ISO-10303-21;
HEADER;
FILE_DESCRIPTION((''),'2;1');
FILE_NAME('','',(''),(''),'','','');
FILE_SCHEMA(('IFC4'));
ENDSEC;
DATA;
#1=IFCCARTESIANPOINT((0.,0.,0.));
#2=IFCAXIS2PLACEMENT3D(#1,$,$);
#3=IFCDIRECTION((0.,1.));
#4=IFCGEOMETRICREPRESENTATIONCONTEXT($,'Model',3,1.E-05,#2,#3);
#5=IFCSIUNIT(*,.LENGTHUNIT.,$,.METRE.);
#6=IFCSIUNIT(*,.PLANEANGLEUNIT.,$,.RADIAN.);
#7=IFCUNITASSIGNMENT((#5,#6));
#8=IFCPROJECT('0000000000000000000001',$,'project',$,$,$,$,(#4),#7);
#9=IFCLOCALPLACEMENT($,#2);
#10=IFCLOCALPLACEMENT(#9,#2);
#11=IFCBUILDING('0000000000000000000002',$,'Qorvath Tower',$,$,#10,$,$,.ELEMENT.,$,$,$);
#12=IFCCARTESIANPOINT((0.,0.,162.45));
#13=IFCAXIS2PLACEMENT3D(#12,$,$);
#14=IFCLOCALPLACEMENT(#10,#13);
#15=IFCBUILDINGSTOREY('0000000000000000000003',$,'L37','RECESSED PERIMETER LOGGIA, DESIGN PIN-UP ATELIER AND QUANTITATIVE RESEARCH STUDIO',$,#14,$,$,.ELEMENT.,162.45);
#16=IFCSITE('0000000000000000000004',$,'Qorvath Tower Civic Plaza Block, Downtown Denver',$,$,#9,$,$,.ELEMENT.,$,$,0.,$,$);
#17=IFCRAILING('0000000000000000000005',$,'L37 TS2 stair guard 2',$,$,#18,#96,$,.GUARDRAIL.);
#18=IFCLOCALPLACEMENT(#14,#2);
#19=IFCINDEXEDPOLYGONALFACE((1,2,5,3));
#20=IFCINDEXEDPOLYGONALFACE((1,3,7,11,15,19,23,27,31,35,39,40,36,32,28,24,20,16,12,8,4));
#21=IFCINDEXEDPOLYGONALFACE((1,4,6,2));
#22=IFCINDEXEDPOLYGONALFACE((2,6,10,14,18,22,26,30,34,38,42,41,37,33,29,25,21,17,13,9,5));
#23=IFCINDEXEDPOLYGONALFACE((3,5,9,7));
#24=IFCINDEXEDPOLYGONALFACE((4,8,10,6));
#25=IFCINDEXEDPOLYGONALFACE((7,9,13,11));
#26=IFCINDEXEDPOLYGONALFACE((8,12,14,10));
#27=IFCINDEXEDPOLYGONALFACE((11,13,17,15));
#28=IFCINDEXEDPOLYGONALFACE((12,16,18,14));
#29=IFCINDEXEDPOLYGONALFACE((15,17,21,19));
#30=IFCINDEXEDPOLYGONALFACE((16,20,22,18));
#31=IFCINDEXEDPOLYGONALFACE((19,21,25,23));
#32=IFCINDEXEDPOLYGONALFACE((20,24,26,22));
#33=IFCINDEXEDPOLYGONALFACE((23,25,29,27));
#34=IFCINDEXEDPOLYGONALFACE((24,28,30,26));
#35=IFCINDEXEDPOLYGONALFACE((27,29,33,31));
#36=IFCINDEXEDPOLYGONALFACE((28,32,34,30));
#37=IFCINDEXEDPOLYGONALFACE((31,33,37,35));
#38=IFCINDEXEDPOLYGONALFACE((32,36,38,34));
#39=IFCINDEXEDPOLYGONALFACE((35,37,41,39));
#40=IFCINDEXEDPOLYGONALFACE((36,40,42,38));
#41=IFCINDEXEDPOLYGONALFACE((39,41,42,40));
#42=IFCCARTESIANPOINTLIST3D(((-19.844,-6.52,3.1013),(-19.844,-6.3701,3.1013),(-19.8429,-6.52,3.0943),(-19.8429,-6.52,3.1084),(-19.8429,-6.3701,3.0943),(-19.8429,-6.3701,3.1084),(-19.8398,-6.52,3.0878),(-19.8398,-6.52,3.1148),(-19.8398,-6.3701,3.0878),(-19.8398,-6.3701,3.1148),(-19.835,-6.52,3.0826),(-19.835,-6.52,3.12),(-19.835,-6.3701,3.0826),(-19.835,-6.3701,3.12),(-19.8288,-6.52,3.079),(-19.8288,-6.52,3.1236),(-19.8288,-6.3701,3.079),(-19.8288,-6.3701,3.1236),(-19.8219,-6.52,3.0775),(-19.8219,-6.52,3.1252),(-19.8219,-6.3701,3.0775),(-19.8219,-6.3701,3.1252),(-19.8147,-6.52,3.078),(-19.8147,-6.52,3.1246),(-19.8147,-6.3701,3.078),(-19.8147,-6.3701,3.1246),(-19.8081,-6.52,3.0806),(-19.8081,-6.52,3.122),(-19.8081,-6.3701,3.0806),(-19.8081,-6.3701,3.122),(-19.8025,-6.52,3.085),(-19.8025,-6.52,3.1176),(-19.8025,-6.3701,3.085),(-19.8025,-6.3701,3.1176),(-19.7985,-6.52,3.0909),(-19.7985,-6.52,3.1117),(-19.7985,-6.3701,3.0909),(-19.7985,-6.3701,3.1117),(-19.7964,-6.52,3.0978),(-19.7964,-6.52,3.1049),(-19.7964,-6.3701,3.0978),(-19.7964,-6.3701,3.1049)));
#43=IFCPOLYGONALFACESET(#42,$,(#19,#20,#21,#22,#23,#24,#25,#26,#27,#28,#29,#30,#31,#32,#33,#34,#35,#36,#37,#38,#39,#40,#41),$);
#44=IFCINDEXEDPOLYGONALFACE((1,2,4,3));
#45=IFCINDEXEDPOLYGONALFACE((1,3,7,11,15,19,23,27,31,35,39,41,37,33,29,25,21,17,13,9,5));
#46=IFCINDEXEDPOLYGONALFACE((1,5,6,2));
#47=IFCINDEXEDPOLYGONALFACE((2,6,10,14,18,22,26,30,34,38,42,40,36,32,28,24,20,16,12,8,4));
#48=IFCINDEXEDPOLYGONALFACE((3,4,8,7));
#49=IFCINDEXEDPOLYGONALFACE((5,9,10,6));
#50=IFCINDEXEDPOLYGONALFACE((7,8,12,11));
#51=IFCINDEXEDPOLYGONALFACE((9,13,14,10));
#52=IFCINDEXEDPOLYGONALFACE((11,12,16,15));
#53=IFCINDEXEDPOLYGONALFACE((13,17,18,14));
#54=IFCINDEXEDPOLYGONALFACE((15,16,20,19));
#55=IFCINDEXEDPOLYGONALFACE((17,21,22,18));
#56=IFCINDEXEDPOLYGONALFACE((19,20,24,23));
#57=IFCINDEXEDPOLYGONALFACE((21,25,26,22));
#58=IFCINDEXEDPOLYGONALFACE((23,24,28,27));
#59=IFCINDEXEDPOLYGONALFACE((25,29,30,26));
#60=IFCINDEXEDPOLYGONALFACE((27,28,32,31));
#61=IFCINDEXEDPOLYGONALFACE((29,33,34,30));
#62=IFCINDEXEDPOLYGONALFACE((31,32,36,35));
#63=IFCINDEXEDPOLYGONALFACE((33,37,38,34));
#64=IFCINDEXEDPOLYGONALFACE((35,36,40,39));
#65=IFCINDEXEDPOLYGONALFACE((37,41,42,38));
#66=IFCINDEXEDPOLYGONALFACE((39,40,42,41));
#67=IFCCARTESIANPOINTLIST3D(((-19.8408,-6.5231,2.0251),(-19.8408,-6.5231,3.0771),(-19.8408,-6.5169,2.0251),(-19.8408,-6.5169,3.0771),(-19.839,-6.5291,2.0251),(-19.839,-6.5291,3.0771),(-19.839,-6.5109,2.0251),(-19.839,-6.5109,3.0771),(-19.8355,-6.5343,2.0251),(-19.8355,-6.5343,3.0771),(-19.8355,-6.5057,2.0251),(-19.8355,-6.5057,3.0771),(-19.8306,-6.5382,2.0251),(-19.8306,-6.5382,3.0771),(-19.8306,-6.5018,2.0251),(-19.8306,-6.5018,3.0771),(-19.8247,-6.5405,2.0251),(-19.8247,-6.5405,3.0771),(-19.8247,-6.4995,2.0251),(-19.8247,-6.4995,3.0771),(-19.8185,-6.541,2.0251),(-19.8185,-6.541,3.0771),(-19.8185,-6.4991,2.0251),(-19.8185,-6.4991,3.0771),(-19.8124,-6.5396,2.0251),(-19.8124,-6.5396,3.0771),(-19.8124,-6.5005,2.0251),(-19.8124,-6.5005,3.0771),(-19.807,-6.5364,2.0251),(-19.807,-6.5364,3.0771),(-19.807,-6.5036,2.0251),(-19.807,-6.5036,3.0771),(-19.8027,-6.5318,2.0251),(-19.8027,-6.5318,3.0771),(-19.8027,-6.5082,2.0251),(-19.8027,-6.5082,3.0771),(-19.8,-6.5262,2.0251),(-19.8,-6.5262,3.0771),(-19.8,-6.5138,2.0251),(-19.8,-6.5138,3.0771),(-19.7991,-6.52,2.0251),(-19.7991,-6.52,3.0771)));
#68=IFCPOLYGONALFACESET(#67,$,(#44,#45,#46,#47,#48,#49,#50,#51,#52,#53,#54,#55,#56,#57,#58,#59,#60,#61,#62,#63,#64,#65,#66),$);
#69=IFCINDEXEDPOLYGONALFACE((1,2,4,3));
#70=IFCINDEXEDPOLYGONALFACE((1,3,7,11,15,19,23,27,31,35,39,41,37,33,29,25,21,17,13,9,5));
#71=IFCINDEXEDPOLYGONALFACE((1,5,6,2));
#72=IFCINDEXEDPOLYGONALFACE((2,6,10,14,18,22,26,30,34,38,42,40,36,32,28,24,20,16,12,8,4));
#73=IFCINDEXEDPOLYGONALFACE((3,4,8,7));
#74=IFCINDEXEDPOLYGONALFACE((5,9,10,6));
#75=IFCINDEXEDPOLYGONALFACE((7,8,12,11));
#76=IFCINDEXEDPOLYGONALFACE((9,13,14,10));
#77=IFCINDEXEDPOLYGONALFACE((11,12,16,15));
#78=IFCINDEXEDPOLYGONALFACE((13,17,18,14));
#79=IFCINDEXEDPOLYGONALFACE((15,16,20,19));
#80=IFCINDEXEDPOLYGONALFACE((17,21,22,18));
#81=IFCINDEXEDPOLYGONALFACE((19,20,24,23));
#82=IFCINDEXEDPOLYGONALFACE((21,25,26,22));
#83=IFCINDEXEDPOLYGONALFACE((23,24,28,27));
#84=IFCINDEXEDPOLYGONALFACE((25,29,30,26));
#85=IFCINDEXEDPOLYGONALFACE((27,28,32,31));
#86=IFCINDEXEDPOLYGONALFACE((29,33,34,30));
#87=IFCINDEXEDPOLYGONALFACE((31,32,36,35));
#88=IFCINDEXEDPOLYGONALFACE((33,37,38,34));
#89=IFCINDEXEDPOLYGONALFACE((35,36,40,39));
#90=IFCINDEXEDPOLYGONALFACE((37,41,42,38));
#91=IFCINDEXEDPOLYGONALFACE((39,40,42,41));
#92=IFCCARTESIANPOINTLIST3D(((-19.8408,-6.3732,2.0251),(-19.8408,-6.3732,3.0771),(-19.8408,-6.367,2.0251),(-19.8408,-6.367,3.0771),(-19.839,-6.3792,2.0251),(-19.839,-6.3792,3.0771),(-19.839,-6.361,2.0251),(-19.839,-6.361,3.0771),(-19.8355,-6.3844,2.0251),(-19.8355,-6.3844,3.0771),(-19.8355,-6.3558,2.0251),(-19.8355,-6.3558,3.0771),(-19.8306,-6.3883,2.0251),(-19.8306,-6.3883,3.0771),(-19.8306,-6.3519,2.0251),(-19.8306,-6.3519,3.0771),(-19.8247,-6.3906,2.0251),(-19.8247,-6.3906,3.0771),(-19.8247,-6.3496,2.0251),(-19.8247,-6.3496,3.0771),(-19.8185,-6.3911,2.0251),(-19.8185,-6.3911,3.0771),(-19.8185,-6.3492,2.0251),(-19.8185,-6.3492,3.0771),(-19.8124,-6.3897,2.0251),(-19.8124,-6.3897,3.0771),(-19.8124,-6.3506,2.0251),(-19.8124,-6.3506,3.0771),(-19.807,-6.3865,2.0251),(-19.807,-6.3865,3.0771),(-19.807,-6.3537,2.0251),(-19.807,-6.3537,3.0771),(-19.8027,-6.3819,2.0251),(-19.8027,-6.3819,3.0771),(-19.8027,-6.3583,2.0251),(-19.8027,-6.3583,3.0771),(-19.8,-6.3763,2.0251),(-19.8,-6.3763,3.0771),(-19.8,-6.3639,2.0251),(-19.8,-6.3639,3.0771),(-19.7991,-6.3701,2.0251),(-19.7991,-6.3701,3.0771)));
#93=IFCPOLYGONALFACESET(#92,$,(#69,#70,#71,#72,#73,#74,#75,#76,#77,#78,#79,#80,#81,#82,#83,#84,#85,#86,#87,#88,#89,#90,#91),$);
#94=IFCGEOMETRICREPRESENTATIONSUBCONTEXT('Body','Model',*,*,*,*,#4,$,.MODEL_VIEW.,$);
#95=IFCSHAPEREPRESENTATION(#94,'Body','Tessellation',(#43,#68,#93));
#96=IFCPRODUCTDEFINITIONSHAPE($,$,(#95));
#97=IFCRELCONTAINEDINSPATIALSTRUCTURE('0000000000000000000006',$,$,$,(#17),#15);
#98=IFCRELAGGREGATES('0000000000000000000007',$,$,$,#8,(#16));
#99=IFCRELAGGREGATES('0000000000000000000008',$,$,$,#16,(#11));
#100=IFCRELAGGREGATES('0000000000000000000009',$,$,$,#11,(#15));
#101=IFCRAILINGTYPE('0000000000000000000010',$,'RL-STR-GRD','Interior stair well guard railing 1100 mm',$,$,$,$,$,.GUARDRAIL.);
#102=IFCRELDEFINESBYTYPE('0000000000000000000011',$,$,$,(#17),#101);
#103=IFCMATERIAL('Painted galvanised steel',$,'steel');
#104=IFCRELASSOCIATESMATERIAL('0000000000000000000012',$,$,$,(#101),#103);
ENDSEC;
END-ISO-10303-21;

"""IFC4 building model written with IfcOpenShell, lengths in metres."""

from ifc_helpers import new_model, si_unit, direction, frame, origin, origin_2d, place, context, subcontext, project, spatial, circle, extrude, material, type_object, element, save


model = new_model("IFC4")

# Units and contexts
model_context = context("Model", 3, precision=1e-05, world=origin(), true_north=direction((0.0, 1.0)))
body_context = subcontext(model_context, "Body", "Model", "MODEL_VIEW")
ifc_project = project(units=[si_unit("LENGTHUNIT", "METRE"), si_unit("PLANEANGLEUNIT", "RADIAN")], contexts=[model_context])

# Site, building, storey
site_placement = place(None, origin())
site = spatial("IfcSite", under=ifc_project, at=site_placement, Name="Qorvath Tower Civic Plaza Block, Downtown Denver", CompositionType="ELEMENT", RefElevation=0.0)
building_placement = place(site_placement, origin())
building = spatial("IfcBuilding", under=site, at=building_placement, Name="Qorvath Tower", CompositionType="ELEMENT")
storey_placement = place(building_placement, frame((0.0, 0.0, 162.45)))
storey = spatial("IfcBuildingStorey", under=building, at=storey_placement, Name="L37", Description="RECESSED PERIMETER LOGGIA, DESIGN PIN-UP ATELIER AND QUANTITATIVE RESEARCH STUDIO", CompositionType="ELEMENT", Elevation=162.45)

# Railing
ifc_material_1 = material(Name="Painted galvanised steel", Category="steel")
railing_type_1 = type_object("IfcRailingType", Name="RL-STR-GRD", Description="Interior stair well guard railing 1100 mm", PredefinedType="GUARDRAIL", material=ifc_material_1)
railing_1_placement = place(storey_placement, frame((-19.8201, -6.52, 2.0251)))
element("IfcRailing", 1, at=railing_1_placement, inside=storey, type_object=railing_type_1, Name="L37 TS2 stair guard 2", PredefinedType="GUARDRAIL", context=body_context, shape_type="SweptSolid", body=[
    extrude(circle(Radius=0.0239, at=origin_2d()), frame((0.0, 0.0, 1.0762), z_axis=(0.0, 1.0, 0.0), x_axis=(-1.0, 0.0, 0.0)), (0.0, 0.0, 1.0), 0.1499),
    extrude(circle(Radius=0.021, at=origin_2d()), origin(), (0.0, 0.0, 1.0), 1.052),
    extrude(circle(Radius=0.021, at=origin_2d()), frame((0.0, 0.1499, 0.0)), (0.0, 0.0, 1.0), 1.052),
])

save(model, "model.ifc")
